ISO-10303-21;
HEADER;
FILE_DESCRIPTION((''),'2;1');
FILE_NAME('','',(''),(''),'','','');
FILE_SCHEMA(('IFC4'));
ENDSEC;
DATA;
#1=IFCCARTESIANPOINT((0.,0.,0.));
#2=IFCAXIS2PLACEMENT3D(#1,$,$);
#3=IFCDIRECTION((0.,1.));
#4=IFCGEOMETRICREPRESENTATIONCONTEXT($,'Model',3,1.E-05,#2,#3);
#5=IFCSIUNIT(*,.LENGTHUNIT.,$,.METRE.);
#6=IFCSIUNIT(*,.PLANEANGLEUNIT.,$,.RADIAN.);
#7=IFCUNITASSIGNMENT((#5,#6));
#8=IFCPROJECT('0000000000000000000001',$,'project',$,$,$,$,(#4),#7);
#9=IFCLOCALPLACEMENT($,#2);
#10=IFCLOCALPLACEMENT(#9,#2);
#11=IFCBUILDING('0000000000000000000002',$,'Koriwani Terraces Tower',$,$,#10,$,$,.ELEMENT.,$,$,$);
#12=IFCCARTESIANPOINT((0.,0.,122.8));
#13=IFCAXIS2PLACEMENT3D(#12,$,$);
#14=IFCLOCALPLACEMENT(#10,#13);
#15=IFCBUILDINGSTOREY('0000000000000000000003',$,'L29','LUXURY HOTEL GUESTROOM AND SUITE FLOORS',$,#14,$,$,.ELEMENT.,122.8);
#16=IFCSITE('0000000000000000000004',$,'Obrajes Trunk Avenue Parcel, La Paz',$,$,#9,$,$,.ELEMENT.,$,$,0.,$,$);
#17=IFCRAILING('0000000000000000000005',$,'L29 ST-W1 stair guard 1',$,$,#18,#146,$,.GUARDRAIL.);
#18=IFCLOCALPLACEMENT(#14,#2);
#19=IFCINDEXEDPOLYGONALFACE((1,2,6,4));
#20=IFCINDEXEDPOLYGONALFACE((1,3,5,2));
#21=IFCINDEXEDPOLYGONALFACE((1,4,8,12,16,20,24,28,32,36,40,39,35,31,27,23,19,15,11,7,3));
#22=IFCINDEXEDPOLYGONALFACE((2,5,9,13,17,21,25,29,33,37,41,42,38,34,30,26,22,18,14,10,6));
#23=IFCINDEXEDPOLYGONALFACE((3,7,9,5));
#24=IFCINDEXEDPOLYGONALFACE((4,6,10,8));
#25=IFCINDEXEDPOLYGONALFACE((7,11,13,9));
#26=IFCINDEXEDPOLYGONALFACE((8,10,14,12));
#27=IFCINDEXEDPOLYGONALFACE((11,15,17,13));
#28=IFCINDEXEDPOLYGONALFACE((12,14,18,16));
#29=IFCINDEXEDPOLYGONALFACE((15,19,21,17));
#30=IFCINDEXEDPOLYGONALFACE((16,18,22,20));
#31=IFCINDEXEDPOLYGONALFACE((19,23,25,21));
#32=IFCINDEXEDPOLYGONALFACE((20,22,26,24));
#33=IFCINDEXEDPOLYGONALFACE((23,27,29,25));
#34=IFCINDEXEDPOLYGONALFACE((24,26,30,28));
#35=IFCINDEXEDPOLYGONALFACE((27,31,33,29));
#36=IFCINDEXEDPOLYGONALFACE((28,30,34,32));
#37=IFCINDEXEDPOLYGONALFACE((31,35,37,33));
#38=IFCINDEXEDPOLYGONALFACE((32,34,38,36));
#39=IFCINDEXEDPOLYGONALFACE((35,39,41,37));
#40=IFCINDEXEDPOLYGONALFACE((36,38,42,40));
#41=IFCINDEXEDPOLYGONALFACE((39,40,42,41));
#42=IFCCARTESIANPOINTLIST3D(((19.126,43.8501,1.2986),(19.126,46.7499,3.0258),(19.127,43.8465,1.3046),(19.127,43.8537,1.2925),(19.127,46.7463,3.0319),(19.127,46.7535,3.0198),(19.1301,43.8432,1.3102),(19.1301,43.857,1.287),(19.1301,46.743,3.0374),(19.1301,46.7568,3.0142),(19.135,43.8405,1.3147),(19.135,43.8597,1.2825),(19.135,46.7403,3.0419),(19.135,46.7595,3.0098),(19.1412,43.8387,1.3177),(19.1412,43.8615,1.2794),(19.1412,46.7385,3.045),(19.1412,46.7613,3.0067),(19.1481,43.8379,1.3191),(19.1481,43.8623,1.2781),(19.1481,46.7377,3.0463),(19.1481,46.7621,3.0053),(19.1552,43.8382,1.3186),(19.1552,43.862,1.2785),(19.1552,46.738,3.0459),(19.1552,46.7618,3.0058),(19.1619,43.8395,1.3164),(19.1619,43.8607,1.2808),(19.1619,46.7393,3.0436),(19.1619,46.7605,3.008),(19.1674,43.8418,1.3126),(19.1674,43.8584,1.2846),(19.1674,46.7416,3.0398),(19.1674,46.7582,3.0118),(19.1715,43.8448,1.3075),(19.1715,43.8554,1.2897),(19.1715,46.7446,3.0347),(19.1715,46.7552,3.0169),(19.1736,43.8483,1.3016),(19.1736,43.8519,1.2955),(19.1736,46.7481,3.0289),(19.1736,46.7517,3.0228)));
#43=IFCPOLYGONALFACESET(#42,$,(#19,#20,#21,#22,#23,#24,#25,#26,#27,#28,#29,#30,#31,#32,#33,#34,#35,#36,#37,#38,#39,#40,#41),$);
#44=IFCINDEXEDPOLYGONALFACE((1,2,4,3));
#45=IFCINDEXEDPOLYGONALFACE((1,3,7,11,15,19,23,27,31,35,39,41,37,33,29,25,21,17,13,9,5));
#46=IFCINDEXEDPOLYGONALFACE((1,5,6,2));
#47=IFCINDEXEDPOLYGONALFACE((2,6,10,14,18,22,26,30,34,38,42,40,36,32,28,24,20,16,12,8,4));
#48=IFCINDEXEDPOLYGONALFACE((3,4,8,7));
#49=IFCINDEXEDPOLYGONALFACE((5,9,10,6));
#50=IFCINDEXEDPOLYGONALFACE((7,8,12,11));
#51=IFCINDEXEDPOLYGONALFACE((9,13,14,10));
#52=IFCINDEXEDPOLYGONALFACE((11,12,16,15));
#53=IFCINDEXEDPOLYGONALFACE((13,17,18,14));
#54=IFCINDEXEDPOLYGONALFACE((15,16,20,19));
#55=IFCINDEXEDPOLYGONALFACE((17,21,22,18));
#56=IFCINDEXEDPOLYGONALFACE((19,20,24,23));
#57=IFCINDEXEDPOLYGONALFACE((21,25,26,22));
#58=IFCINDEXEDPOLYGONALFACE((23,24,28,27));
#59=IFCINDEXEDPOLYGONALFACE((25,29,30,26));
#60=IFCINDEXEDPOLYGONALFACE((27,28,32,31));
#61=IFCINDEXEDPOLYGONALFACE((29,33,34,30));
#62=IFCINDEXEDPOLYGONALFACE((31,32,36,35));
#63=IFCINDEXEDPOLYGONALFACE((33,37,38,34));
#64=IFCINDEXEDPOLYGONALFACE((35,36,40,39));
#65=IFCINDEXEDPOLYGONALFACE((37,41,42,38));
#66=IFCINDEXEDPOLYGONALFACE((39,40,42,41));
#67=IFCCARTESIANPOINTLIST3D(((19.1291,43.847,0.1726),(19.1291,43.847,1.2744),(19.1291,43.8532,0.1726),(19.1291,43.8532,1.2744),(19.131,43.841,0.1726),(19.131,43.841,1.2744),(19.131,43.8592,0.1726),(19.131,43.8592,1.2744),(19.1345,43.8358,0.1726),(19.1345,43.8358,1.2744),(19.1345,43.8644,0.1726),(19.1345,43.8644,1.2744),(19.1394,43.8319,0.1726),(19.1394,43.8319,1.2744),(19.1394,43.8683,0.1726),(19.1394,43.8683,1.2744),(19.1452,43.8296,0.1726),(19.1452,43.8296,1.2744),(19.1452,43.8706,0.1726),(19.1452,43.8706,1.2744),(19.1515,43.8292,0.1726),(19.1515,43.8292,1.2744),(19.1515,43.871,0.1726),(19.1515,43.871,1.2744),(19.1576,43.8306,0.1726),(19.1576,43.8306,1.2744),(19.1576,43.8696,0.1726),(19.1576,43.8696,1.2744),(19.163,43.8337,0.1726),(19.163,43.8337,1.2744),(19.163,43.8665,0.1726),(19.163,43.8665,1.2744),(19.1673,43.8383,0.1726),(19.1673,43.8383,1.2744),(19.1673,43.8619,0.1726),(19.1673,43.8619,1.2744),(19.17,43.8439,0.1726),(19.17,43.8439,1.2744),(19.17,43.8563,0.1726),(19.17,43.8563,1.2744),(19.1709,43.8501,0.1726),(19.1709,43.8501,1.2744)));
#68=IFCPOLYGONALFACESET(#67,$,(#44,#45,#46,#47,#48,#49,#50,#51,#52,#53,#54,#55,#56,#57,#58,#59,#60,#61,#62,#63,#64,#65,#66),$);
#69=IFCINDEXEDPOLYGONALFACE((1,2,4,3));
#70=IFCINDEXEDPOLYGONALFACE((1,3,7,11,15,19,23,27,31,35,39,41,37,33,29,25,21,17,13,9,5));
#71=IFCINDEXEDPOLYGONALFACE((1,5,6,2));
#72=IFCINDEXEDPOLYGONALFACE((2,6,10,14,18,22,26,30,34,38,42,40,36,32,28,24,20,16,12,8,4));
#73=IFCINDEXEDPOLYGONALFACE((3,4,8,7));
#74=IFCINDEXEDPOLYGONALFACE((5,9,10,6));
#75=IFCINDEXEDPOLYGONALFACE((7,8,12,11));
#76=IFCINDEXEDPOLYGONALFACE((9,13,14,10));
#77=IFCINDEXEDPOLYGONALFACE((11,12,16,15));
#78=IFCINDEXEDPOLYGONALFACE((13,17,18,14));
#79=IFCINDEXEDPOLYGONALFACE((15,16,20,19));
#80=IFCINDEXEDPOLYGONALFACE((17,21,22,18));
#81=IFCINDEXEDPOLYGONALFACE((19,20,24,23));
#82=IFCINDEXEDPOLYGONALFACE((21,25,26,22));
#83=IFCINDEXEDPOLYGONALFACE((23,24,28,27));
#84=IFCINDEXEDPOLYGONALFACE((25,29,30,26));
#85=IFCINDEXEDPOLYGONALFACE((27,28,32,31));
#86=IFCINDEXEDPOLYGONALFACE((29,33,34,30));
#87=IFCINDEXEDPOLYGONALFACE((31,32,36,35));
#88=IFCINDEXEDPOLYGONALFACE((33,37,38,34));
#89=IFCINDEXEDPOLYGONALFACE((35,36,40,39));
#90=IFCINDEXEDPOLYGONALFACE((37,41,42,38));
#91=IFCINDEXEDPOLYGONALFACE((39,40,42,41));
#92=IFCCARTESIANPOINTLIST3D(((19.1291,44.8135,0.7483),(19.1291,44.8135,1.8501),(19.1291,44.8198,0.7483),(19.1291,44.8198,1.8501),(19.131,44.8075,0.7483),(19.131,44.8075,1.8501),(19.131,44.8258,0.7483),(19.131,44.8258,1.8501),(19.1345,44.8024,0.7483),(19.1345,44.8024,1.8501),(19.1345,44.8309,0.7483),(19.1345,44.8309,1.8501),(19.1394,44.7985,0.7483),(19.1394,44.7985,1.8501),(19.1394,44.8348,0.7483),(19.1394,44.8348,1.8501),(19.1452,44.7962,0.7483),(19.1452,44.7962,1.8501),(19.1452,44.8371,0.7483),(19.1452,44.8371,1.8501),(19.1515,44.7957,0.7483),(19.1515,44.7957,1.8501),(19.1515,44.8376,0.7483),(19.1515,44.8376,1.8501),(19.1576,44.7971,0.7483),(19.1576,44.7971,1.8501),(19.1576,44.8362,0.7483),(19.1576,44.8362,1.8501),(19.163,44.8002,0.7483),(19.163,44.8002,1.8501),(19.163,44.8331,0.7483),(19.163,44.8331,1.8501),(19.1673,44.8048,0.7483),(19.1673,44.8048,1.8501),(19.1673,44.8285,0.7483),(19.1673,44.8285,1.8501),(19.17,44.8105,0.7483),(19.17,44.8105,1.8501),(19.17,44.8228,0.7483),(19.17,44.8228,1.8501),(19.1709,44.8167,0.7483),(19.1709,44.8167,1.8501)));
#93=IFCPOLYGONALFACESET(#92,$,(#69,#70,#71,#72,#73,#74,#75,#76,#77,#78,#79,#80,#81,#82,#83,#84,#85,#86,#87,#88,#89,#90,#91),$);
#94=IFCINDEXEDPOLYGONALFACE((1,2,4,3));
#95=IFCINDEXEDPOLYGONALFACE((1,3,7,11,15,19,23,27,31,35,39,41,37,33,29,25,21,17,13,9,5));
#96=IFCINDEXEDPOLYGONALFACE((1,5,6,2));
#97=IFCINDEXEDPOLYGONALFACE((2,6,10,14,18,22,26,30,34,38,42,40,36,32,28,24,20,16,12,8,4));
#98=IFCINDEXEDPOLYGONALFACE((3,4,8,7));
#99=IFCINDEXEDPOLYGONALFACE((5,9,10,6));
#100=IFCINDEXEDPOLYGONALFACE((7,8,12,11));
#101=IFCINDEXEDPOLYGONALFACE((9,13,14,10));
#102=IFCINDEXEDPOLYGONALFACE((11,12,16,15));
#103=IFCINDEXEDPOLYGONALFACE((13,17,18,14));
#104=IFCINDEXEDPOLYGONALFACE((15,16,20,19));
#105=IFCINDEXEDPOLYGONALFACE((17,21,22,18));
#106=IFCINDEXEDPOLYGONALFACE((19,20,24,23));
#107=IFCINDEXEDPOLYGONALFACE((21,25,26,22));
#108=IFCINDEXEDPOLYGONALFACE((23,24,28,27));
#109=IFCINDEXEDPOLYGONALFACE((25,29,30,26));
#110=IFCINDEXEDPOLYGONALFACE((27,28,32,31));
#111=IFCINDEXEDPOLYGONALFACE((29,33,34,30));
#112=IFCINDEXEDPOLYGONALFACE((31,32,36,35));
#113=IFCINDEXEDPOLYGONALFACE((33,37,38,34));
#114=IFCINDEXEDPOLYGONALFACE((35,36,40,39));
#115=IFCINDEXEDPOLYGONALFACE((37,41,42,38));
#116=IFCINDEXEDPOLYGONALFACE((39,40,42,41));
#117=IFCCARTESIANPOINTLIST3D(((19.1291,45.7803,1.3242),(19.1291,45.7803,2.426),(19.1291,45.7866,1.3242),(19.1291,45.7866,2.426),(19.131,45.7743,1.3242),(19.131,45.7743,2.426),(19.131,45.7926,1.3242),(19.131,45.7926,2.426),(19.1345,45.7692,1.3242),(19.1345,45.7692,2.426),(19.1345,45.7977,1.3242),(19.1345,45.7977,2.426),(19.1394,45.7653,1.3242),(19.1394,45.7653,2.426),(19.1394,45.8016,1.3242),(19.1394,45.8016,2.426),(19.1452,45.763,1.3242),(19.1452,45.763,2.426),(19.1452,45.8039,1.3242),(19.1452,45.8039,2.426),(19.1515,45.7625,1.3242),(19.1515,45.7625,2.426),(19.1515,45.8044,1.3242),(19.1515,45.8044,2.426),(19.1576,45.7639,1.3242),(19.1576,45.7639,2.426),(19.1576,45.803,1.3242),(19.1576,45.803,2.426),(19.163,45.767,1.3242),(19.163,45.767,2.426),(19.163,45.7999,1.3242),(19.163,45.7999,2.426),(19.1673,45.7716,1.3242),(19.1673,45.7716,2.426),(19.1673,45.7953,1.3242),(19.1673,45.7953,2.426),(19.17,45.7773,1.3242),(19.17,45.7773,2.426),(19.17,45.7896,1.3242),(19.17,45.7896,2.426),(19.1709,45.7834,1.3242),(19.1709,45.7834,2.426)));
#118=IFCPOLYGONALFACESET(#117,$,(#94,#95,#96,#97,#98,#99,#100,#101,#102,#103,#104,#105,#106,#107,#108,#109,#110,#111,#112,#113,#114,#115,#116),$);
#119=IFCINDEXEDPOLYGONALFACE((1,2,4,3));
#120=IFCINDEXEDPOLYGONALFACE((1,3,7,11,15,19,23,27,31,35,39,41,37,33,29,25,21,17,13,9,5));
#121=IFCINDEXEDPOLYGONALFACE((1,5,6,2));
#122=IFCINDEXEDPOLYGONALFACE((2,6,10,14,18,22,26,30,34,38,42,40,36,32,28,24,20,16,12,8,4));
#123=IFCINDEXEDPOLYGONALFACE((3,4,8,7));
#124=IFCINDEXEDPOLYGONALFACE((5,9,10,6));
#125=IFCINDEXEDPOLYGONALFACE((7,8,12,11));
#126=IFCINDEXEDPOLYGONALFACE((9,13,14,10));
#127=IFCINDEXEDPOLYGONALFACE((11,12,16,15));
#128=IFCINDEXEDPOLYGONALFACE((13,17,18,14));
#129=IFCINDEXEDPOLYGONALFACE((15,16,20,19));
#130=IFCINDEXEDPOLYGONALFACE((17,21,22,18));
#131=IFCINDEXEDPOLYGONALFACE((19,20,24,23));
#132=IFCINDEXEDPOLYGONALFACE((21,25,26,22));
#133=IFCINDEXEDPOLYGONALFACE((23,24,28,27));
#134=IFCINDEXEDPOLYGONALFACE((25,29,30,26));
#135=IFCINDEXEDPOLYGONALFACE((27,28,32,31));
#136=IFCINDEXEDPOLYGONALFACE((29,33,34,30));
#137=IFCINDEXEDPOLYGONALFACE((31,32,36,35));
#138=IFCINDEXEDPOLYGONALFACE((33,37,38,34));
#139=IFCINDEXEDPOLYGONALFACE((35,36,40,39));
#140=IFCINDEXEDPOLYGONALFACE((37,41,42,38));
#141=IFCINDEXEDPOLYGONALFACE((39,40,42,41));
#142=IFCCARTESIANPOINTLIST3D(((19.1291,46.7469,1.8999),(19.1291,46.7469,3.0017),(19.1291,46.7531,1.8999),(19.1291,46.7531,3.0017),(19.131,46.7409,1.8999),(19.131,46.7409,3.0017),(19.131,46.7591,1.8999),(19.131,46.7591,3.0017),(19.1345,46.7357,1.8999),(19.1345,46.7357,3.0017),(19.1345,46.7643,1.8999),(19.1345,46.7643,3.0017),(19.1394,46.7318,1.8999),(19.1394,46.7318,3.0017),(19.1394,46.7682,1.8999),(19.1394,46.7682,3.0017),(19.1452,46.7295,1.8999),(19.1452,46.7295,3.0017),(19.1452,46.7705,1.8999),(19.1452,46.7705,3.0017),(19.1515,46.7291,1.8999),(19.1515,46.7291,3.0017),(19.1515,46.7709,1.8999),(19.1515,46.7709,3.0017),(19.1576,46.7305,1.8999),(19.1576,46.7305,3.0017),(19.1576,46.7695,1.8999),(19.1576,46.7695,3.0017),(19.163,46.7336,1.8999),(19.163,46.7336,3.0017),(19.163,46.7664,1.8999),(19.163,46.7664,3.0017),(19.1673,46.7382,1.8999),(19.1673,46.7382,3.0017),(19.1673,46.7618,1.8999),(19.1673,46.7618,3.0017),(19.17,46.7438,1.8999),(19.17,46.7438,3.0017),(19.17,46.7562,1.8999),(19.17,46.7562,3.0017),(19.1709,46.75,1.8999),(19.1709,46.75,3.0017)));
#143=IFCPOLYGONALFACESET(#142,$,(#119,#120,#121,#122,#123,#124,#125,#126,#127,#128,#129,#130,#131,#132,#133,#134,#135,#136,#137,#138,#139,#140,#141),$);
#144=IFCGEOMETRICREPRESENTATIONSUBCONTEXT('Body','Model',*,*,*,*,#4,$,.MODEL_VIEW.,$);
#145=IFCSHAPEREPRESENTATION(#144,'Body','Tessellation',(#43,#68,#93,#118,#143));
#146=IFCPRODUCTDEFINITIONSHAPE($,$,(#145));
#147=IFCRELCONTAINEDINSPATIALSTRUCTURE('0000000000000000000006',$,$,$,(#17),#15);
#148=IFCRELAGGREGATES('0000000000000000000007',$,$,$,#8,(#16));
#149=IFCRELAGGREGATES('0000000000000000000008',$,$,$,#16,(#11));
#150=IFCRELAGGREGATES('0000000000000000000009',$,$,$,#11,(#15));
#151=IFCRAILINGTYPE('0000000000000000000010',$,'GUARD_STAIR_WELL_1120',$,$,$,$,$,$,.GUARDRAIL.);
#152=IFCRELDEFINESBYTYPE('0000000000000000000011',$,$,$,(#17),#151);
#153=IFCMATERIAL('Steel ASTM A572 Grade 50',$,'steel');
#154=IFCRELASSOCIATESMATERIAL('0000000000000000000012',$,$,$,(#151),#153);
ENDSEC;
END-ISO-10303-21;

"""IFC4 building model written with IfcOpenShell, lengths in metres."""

from ifc_helpers import new_model, si_unit, direction, frame, origin, origin_2d, place, context, subcontext, project, spatial, circle, extrude, material, type_object, element, save


model = new_model("IFC4")

# Units and contexts
model_context = context("Model", 3, precision=1e-05, world=origin(), true_north=direction((0.0, 1.0)))
body_context = subcontext(model_context, "Body", "Model", "MODEL_VIEW")
ifc_project = project(units=[si_unit("LENGTHUNIT", "METRE"), si_unit("PLANEANGLEUNIT", "RADIAN")], contexts=[model_context])

# Site, building, storey
site_placement = place(None, origin())
site = spatial("IfcSite", under=ifc_project, at=site_placement, Name="Obrajes Trunk Avenue Parcel, La Paz", CompositionType="ELEMENT", RefElevation=0.0)
building_placement = place(site_placement, origin())
building = spatial("IfcBuilding", under=site, at=building_placement, Name="Koriwani Terraces Tower", CompositionType="ELEMENT")
storey_placement = place(building_placement, frame((0.0, 0.0, 122.8)))
storey = spatial("IfcBuildingStorey", under=building, at=storey_placement, Name="L29", Description="LUXURY HOTEL GUESTROOM AND SUITE FLOORS", CompositionType="ELEMENT", Elevation=122.8)

# Shared definitions
ifc_material_1 = material(Name="Steel ASTM A572 Grade 50", Category="steel")

# Railing
railing_type_1 = type_object("IfcRailingType", Name="GUARD_STAIR_WELL_1120", PredefinedType="GUARDRAIL", material=ifc_material_1)
railing_1_placement = place(storey_placement, frame((19.1499, 43.8501, 0.1726)))
element("IfcRailing", 1, at=railing_1_placement, inside=storey, type_object=railing_type_1, Name="L29 ST-W1 stair guard 1", PredefinedType="GUARDRAIL", context=body_context, shape_type="SweptSolid", body=[
    extrude(circle(Radius=0.0239, at=origin_2d()), frame((0.0, 0.0, 1.126), z_axis=(0.0, 0.859141, 0.511738), x_axis=(-1.0, 0.0, 0.0)), (0.0, 0.0, 1.0), 3.3752),
    extrude(circle(Radius=0.021, at=origin_2d()), origin(), (0.0, 0.0, 1.0), 1.1018),
    extrude(circle(Radius=0.021, at=origin_2d()), frame((0.0, 0.9666, 0.5757)), (0.0, 0.0, 1.0), 1.1018),
    extrude(circle(Radius=0.021, at=origin_2d()), frame((0.0, 1.9333, 1.1516)), (0.0, 0.0, 1.0), 1.1018),
    extrude(circle(Radius=0.021, at=origin_2d()), frame((0.0, 2.8999, 1.7273)), (0.0, 0.0, 1.0), 1.1018),
])

save(model, "model.ifc")
